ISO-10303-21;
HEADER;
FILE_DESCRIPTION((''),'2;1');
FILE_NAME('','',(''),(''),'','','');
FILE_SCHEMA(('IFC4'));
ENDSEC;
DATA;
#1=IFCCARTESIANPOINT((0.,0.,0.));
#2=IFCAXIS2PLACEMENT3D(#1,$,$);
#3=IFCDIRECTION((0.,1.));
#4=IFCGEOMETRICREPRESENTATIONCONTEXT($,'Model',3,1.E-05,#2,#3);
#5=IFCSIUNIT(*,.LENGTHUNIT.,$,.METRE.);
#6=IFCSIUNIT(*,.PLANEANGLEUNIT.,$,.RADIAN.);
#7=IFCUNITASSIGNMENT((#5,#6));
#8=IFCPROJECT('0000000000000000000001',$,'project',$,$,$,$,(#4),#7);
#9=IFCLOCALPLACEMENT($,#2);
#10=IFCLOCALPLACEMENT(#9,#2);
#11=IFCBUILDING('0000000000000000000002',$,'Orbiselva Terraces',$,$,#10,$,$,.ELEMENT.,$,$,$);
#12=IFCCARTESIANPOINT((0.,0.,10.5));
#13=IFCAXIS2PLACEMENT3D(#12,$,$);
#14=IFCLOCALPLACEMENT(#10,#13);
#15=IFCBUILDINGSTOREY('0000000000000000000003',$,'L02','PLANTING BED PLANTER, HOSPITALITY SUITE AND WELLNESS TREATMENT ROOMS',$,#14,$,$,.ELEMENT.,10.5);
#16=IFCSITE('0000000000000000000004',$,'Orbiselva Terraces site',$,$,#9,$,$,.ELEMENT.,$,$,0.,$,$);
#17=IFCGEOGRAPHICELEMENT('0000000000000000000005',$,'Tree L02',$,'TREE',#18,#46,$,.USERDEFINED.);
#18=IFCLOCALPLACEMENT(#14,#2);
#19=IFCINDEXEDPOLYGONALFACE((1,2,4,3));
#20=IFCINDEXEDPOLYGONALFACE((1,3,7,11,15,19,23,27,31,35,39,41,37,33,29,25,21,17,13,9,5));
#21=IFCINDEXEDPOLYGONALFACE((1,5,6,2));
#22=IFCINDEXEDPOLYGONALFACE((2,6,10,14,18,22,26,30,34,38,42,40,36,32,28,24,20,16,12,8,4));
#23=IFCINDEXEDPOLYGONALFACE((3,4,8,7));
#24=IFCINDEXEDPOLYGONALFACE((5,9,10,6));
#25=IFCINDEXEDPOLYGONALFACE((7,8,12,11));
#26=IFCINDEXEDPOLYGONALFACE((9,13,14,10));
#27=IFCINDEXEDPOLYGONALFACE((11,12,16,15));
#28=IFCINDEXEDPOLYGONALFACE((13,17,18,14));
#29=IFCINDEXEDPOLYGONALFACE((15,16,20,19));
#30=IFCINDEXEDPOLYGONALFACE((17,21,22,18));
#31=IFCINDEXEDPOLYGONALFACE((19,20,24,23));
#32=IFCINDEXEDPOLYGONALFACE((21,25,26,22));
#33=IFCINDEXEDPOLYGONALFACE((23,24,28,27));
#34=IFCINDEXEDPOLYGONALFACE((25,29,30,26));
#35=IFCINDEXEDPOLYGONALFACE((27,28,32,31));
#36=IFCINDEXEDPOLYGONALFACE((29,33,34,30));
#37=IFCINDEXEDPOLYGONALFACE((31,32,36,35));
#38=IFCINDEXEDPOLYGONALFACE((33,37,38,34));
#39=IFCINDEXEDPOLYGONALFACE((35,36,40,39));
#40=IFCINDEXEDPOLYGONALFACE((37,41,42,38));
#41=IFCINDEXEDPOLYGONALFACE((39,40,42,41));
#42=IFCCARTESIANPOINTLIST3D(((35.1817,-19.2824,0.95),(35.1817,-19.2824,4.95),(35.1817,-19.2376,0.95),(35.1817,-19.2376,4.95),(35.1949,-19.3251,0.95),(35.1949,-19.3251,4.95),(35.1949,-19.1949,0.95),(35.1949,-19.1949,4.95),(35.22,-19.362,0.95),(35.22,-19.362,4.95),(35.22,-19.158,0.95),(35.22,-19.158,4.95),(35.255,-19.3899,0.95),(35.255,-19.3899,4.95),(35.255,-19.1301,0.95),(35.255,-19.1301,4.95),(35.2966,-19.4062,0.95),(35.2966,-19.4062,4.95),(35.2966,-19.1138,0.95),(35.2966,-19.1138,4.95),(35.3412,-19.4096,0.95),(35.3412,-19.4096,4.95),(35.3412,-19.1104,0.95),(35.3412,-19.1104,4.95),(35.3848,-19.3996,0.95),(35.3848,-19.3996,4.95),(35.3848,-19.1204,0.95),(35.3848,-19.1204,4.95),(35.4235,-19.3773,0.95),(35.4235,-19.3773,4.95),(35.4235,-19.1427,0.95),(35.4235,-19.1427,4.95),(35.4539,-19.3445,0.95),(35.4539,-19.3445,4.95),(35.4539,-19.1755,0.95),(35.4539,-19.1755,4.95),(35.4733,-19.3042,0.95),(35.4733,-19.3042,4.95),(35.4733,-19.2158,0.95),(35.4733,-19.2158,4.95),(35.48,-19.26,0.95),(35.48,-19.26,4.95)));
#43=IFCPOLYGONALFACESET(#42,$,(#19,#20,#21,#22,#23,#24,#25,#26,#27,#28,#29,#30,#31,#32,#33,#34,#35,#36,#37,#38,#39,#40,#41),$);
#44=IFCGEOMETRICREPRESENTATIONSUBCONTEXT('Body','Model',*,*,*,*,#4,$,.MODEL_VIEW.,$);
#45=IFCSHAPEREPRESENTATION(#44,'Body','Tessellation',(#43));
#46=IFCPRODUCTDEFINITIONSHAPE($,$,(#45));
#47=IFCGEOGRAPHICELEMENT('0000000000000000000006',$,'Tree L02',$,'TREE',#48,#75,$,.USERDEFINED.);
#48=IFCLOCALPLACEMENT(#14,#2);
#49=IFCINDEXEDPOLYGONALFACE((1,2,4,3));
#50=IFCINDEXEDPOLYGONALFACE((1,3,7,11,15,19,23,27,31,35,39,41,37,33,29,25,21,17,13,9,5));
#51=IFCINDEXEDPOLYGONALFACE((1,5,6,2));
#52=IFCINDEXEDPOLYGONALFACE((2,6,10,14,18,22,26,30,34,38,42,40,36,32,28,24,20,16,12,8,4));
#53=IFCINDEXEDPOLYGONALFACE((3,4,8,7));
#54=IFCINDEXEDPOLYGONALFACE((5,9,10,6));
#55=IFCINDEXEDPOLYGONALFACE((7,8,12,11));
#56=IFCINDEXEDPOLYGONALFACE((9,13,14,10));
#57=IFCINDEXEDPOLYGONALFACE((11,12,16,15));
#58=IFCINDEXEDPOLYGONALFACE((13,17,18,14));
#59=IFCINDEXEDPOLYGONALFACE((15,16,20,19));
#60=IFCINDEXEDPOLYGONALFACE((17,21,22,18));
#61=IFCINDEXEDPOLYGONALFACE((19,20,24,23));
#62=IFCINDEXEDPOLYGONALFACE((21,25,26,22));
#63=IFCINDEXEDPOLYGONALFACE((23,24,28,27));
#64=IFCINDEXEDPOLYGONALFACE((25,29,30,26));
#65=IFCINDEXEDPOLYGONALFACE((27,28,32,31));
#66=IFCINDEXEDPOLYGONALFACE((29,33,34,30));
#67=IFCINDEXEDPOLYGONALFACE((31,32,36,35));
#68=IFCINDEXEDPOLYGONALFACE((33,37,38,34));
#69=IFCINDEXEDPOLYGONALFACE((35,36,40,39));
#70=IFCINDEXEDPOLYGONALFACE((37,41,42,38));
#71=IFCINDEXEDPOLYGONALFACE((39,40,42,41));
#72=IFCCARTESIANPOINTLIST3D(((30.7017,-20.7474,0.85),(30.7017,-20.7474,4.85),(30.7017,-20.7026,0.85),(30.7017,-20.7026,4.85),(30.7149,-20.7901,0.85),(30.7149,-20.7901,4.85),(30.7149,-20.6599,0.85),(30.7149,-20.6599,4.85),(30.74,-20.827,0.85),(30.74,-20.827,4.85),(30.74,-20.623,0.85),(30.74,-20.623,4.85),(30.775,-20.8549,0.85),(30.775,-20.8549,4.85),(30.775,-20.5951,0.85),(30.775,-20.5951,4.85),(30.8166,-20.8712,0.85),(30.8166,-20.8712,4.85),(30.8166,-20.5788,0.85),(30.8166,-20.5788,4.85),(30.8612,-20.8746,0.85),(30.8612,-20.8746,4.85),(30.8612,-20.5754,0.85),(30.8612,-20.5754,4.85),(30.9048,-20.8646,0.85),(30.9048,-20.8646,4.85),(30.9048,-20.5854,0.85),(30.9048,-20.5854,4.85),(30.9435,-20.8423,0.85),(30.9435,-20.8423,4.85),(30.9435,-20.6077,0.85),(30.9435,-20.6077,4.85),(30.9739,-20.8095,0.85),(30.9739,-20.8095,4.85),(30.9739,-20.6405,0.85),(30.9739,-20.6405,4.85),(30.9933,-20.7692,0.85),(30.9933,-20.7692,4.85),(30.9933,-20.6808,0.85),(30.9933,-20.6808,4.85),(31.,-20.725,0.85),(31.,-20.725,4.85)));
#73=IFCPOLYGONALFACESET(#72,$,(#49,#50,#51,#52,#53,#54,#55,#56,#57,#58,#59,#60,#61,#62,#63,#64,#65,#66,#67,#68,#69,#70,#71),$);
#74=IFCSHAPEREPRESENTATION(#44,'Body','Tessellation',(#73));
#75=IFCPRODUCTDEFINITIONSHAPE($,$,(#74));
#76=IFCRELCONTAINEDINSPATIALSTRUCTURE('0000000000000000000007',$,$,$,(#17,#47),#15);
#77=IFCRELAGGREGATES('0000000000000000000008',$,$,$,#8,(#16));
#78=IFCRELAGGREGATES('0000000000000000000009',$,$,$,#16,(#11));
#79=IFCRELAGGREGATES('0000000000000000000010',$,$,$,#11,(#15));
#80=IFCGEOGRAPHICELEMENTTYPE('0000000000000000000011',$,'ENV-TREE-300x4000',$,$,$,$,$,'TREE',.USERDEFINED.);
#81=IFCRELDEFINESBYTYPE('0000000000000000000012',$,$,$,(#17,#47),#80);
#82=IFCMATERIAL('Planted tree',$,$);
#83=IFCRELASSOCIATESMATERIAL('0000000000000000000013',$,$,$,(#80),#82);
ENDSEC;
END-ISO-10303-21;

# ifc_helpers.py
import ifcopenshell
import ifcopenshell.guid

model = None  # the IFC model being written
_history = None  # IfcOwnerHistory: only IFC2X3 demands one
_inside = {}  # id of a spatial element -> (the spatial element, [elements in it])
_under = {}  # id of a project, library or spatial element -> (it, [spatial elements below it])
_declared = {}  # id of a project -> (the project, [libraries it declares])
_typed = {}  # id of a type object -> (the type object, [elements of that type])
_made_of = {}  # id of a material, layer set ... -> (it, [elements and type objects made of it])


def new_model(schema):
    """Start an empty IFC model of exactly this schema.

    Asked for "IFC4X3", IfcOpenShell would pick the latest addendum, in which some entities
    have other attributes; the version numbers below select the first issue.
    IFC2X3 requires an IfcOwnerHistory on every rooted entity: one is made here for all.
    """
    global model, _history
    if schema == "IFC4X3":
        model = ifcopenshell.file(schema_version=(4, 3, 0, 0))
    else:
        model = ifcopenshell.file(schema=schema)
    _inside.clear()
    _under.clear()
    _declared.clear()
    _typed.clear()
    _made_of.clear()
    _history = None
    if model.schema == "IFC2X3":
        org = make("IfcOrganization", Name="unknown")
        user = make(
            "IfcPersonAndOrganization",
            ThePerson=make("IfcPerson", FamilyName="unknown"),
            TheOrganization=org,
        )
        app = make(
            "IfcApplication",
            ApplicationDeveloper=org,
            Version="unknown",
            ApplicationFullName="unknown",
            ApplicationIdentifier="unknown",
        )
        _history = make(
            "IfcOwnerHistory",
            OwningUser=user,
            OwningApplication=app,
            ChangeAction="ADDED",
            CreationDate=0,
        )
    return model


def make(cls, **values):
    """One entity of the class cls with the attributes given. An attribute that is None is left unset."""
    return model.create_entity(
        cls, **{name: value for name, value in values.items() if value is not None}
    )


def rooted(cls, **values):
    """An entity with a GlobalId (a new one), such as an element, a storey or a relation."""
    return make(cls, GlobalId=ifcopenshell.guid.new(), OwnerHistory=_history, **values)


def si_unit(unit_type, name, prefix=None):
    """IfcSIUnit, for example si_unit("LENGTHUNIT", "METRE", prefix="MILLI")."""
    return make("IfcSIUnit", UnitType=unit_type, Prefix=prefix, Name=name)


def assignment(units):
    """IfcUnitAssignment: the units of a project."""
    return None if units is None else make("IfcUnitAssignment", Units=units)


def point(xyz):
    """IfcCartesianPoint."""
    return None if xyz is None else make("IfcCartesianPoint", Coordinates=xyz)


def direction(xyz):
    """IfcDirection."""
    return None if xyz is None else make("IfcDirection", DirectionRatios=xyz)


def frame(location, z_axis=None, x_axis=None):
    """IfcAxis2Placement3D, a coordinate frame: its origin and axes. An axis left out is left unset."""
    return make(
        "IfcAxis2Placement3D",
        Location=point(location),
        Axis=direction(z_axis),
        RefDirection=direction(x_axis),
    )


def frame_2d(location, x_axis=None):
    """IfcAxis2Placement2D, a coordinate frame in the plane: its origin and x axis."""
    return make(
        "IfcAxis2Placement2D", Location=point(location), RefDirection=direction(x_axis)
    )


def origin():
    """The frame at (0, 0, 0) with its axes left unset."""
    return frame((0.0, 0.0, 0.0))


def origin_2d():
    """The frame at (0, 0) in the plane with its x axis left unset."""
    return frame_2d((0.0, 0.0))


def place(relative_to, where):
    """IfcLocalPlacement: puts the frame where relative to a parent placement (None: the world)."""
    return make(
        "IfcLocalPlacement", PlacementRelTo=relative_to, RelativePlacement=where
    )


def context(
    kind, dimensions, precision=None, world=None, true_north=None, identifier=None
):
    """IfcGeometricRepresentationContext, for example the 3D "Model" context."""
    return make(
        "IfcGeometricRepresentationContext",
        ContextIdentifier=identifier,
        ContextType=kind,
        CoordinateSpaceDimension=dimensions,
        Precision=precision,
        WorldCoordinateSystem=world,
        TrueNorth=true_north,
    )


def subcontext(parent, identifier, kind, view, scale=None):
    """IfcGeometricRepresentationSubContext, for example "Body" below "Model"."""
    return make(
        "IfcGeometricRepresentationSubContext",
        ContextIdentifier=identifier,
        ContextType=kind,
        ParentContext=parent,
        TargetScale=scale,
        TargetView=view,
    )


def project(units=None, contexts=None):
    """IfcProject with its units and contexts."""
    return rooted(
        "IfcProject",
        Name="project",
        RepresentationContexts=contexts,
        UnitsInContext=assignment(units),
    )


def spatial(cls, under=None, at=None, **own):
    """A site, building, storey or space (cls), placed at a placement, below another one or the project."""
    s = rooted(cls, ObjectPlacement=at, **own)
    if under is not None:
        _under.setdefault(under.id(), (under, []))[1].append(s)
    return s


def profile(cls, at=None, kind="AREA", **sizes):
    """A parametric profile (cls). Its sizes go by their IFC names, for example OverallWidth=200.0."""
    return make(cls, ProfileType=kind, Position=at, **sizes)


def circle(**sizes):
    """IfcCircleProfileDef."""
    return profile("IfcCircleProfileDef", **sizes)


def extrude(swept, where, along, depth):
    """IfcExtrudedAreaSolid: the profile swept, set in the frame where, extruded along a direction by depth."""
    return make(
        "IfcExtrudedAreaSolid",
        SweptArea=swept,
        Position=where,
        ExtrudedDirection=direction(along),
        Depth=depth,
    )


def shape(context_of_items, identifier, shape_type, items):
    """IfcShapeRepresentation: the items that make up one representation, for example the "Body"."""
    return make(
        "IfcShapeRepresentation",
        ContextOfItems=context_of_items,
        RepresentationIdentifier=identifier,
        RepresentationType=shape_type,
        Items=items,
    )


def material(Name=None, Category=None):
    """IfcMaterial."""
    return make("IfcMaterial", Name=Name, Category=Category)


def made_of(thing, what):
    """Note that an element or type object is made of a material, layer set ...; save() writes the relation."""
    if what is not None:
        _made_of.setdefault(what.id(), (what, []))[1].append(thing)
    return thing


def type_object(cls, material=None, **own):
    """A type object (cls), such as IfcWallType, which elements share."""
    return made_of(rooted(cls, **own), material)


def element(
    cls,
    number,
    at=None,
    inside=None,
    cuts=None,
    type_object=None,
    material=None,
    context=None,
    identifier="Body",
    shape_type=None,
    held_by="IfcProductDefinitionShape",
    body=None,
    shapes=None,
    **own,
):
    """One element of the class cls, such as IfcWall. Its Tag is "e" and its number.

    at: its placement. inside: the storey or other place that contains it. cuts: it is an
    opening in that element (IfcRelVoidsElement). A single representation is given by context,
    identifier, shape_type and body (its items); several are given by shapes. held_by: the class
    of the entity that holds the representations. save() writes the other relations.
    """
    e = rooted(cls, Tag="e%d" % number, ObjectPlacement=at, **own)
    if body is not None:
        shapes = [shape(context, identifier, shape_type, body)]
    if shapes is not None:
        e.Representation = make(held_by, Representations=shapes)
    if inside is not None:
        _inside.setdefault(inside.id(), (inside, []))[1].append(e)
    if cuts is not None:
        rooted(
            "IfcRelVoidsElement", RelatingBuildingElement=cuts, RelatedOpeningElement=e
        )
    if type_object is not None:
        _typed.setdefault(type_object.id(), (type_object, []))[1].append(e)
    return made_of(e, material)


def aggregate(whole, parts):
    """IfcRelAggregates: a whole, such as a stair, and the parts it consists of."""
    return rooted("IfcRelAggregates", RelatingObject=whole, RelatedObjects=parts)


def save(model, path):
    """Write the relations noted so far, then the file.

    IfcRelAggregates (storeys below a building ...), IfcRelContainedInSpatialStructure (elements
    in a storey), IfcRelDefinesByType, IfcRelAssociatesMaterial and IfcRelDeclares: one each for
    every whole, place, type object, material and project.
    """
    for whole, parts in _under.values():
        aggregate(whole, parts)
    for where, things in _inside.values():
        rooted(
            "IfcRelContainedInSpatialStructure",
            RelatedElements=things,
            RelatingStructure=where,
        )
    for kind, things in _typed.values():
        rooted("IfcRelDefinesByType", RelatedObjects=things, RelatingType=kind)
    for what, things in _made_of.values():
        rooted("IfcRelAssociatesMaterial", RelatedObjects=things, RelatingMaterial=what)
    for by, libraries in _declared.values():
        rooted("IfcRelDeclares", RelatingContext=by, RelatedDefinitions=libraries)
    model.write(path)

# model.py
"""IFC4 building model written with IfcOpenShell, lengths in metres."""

from ifc_helpers import new_model, si_unit, direction, frame, origin, origin_2d, place, context, subcontext, project, spatial, circle, extrude, material, type_object, element, save


model = new_model("IFC4")

# Units and contexts
model_context = context("Model", 3, precision=1e-05, world=origin(), true_north=direction((0.0, 1.0)))
body_context = subcontext(model_context, "Body", "Model", "MODEL_VIEW")
ifc_project = project(units=[si_unit("LENGTHUNIT", "METRE"), si_unit("PLANEANGLEUNIT", "RADIAN")], contexts=[model_context])

# Site, building, storey
site_placement = place(None, origin())
site = spatial("IfcSite", under=ifc_project, at=site_placement, Name="Orbiselva Terraces site", CompositionType="ELEMENT", RefElevation=0.0)
building_placement = place(site_placement, origin())
building = spatial("IfcBuilding", under=site, at=building_placement, Name="Orbiselva Terraces", CompositionType="ELEMENT")
storey_placement = place(building_placement, frame((0.0, 0.0, 10.5)))
storey = spatial("IfcBuildingStorey", under=building, at=storey_placement, Name="L02", Description="PLANTING BED PLANTER, HOSPITALITY SUITE AND WELLNESS TREATMENT ROOMS", CompositionType="ELEMENT", Elevation=10.5)

# Geographic elements
ifc_material_1 = material(Name="Planted tree")
geographic_element_type = type_object("IfcGeographicElementType", Name="ENV-TREE-300x4000", ElementType="TREE", PredefinedType="USERDEFINED", material=ifc_material_1)
for number, where, z_axis, x_axis, name in (
    (1, (35.33, -19.26, 4.95), (0.0, 0.0, -1.0), (1.0, 0.0, 0.0), "Tree L02"),
    (2, (30.85, -20.725, 4.85), (0.0, 0.0, -1.0), (1.0, 0.0, 0.0), "Tree L02"),
):
    element("IfcGeographicElement", number, at=place(storey_placement, frame(where, z_axis=z_axis, x_axis=x_axis)), inside=storey, type_object=geographic_element_type, Name=name, ObjectType="TREE", PredefinedType="USERDEFINED", context=body_context, shape_type="SweptSolid", body=[
        extrude(circle(Radius=0.15, at=origin_2d()), origin(), (0.0, 0.0, 1.0), 4.0),
    ])

save(model, "model.ifc")
